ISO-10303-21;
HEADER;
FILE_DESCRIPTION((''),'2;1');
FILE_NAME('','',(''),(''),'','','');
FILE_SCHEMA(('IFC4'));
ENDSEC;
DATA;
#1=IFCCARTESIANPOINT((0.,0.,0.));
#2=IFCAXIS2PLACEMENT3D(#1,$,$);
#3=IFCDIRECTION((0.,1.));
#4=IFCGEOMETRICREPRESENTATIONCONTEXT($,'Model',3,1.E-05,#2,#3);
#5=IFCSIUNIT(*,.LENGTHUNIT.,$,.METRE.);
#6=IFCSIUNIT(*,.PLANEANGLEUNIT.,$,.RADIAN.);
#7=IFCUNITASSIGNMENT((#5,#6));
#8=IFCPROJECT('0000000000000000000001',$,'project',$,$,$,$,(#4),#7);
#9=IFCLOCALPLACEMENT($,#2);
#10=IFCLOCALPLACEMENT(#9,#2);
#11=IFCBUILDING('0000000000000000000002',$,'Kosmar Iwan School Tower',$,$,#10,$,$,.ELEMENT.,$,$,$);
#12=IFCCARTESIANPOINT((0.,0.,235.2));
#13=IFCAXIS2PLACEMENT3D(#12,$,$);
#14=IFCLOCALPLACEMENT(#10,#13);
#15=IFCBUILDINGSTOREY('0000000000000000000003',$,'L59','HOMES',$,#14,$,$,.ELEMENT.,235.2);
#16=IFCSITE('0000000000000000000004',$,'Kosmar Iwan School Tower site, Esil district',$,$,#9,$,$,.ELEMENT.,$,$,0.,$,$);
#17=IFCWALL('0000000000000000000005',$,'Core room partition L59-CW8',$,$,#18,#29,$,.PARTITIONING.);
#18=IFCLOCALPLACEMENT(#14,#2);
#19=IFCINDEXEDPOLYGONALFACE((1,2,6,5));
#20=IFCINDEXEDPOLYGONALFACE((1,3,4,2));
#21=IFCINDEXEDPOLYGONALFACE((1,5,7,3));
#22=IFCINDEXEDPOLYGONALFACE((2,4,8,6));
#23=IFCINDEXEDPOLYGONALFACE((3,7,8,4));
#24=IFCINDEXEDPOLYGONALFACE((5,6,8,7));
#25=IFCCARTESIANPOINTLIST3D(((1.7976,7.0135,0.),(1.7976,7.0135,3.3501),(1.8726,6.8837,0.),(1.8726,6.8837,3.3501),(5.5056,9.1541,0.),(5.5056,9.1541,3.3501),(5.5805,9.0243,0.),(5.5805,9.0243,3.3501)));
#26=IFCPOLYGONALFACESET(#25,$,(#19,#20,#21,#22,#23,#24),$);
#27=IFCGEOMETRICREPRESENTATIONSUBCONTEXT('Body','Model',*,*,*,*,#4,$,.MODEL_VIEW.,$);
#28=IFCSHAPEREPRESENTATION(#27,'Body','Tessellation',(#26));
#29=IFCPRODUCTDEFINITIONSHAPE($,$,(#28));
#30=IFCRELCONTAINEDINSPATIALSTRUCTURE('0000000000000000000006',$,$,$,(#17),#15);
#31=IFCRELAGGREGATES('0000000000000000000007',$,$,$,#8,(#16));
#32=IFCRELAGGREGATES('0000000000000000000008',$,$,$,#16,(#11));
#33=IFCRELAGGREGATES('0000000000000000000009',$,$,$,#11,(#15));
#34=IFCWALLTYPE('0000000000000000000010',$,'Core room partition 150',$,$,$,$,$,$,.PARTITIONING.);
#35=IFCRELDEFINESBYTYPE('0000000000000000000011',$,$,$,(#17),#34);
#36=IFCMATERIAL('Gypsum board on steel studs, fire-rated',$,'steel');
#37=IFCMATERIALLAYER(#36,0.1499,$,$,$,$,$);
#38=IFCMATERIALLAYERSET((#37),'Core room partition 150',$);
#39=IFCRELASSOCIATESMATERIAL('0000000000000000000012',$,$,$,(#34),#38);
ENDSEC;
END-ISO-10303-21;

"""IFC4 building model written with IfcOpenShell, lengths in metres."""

from ifc_helpers import new_model, si_unit, direction, frame, frame_2d, origin, place, context, subcontext, project, spatial, rectangle, extrude, material, layer, layer_set, type_object, element, save


model = new_model("IFC4")

# Units and contexts
model_context = context("Model", 3, precision=1e-05, world=origin(), true_north=direction((0.0, 1.0)))
body_context = subcontext(model_context, "Body", "Model", "MODEL_VIEW")
ifc_project = project(units=[si_unit("LENGTHUNIT", "METRE"), si_unit("PLANEANGLEUNIT", "RADIAN")], contexts=[model_context])

# Site, building, storey
site_placement = place(None, origin())
site = spatial("IfcSite", under=ifc_project, at=site_placement, Name="Kosmar Iwan School Tower site, Esil district", CompositionType="ELEMENT", RefElevation=0.0)
building_placement = place(site_placement, origin())
building = spatial("IfcBuilding", under=site, at=building_placement, Name="Kosmar Iwan School Tower", CompositionType="ELEMENT")
storey_placement = place(building_placement, frame((0.0, 0.0, 235.2)))
storey = spatial("IfcBuildingStorey", under=building, at=storey_placement, Name="L59", Description="HOMES", CompositionType="ELEMENT", Elevation=235.2)

# Wall
ifc_material_1 = material(Name="Gypsum board on steel studs, fire-rated", Category="steel")
ifc_layer_1 = layer(ifc_material_1, 0.1499)
ifc_layer_set_1 = layer_set([ifc_layer_1], Name="Core room partition 150")
wall_type_1 = type_object("IfcWallType", Name="Core room partition 150", PredefinedType="PARTITIONING", material=ifc_layer_set_1)
wall_1_placement = place(storey_placement, frame((5.543, 9.0891, 0.0), z_axis=(0.0, 0.0, 1.0), x_axis=(-0.866045, -0.499966, 0.0)))
element("IfcWall", 1, at=wall_1_placement, inside=storey, type_object=wall_type_1, Name="Core room partition L59-CW8", PredefinedType="PARTITIONING", context=body_context, shape_type="SweptSolid", body=[
    extrude(rectangle(XDim=4.2815, YDim=0.1499, at=frame_2d((2.1406, 0.0))), origin(), (0.0, 0.0, 1.0), 3.3501),
])

save(model, "model.ifc")
